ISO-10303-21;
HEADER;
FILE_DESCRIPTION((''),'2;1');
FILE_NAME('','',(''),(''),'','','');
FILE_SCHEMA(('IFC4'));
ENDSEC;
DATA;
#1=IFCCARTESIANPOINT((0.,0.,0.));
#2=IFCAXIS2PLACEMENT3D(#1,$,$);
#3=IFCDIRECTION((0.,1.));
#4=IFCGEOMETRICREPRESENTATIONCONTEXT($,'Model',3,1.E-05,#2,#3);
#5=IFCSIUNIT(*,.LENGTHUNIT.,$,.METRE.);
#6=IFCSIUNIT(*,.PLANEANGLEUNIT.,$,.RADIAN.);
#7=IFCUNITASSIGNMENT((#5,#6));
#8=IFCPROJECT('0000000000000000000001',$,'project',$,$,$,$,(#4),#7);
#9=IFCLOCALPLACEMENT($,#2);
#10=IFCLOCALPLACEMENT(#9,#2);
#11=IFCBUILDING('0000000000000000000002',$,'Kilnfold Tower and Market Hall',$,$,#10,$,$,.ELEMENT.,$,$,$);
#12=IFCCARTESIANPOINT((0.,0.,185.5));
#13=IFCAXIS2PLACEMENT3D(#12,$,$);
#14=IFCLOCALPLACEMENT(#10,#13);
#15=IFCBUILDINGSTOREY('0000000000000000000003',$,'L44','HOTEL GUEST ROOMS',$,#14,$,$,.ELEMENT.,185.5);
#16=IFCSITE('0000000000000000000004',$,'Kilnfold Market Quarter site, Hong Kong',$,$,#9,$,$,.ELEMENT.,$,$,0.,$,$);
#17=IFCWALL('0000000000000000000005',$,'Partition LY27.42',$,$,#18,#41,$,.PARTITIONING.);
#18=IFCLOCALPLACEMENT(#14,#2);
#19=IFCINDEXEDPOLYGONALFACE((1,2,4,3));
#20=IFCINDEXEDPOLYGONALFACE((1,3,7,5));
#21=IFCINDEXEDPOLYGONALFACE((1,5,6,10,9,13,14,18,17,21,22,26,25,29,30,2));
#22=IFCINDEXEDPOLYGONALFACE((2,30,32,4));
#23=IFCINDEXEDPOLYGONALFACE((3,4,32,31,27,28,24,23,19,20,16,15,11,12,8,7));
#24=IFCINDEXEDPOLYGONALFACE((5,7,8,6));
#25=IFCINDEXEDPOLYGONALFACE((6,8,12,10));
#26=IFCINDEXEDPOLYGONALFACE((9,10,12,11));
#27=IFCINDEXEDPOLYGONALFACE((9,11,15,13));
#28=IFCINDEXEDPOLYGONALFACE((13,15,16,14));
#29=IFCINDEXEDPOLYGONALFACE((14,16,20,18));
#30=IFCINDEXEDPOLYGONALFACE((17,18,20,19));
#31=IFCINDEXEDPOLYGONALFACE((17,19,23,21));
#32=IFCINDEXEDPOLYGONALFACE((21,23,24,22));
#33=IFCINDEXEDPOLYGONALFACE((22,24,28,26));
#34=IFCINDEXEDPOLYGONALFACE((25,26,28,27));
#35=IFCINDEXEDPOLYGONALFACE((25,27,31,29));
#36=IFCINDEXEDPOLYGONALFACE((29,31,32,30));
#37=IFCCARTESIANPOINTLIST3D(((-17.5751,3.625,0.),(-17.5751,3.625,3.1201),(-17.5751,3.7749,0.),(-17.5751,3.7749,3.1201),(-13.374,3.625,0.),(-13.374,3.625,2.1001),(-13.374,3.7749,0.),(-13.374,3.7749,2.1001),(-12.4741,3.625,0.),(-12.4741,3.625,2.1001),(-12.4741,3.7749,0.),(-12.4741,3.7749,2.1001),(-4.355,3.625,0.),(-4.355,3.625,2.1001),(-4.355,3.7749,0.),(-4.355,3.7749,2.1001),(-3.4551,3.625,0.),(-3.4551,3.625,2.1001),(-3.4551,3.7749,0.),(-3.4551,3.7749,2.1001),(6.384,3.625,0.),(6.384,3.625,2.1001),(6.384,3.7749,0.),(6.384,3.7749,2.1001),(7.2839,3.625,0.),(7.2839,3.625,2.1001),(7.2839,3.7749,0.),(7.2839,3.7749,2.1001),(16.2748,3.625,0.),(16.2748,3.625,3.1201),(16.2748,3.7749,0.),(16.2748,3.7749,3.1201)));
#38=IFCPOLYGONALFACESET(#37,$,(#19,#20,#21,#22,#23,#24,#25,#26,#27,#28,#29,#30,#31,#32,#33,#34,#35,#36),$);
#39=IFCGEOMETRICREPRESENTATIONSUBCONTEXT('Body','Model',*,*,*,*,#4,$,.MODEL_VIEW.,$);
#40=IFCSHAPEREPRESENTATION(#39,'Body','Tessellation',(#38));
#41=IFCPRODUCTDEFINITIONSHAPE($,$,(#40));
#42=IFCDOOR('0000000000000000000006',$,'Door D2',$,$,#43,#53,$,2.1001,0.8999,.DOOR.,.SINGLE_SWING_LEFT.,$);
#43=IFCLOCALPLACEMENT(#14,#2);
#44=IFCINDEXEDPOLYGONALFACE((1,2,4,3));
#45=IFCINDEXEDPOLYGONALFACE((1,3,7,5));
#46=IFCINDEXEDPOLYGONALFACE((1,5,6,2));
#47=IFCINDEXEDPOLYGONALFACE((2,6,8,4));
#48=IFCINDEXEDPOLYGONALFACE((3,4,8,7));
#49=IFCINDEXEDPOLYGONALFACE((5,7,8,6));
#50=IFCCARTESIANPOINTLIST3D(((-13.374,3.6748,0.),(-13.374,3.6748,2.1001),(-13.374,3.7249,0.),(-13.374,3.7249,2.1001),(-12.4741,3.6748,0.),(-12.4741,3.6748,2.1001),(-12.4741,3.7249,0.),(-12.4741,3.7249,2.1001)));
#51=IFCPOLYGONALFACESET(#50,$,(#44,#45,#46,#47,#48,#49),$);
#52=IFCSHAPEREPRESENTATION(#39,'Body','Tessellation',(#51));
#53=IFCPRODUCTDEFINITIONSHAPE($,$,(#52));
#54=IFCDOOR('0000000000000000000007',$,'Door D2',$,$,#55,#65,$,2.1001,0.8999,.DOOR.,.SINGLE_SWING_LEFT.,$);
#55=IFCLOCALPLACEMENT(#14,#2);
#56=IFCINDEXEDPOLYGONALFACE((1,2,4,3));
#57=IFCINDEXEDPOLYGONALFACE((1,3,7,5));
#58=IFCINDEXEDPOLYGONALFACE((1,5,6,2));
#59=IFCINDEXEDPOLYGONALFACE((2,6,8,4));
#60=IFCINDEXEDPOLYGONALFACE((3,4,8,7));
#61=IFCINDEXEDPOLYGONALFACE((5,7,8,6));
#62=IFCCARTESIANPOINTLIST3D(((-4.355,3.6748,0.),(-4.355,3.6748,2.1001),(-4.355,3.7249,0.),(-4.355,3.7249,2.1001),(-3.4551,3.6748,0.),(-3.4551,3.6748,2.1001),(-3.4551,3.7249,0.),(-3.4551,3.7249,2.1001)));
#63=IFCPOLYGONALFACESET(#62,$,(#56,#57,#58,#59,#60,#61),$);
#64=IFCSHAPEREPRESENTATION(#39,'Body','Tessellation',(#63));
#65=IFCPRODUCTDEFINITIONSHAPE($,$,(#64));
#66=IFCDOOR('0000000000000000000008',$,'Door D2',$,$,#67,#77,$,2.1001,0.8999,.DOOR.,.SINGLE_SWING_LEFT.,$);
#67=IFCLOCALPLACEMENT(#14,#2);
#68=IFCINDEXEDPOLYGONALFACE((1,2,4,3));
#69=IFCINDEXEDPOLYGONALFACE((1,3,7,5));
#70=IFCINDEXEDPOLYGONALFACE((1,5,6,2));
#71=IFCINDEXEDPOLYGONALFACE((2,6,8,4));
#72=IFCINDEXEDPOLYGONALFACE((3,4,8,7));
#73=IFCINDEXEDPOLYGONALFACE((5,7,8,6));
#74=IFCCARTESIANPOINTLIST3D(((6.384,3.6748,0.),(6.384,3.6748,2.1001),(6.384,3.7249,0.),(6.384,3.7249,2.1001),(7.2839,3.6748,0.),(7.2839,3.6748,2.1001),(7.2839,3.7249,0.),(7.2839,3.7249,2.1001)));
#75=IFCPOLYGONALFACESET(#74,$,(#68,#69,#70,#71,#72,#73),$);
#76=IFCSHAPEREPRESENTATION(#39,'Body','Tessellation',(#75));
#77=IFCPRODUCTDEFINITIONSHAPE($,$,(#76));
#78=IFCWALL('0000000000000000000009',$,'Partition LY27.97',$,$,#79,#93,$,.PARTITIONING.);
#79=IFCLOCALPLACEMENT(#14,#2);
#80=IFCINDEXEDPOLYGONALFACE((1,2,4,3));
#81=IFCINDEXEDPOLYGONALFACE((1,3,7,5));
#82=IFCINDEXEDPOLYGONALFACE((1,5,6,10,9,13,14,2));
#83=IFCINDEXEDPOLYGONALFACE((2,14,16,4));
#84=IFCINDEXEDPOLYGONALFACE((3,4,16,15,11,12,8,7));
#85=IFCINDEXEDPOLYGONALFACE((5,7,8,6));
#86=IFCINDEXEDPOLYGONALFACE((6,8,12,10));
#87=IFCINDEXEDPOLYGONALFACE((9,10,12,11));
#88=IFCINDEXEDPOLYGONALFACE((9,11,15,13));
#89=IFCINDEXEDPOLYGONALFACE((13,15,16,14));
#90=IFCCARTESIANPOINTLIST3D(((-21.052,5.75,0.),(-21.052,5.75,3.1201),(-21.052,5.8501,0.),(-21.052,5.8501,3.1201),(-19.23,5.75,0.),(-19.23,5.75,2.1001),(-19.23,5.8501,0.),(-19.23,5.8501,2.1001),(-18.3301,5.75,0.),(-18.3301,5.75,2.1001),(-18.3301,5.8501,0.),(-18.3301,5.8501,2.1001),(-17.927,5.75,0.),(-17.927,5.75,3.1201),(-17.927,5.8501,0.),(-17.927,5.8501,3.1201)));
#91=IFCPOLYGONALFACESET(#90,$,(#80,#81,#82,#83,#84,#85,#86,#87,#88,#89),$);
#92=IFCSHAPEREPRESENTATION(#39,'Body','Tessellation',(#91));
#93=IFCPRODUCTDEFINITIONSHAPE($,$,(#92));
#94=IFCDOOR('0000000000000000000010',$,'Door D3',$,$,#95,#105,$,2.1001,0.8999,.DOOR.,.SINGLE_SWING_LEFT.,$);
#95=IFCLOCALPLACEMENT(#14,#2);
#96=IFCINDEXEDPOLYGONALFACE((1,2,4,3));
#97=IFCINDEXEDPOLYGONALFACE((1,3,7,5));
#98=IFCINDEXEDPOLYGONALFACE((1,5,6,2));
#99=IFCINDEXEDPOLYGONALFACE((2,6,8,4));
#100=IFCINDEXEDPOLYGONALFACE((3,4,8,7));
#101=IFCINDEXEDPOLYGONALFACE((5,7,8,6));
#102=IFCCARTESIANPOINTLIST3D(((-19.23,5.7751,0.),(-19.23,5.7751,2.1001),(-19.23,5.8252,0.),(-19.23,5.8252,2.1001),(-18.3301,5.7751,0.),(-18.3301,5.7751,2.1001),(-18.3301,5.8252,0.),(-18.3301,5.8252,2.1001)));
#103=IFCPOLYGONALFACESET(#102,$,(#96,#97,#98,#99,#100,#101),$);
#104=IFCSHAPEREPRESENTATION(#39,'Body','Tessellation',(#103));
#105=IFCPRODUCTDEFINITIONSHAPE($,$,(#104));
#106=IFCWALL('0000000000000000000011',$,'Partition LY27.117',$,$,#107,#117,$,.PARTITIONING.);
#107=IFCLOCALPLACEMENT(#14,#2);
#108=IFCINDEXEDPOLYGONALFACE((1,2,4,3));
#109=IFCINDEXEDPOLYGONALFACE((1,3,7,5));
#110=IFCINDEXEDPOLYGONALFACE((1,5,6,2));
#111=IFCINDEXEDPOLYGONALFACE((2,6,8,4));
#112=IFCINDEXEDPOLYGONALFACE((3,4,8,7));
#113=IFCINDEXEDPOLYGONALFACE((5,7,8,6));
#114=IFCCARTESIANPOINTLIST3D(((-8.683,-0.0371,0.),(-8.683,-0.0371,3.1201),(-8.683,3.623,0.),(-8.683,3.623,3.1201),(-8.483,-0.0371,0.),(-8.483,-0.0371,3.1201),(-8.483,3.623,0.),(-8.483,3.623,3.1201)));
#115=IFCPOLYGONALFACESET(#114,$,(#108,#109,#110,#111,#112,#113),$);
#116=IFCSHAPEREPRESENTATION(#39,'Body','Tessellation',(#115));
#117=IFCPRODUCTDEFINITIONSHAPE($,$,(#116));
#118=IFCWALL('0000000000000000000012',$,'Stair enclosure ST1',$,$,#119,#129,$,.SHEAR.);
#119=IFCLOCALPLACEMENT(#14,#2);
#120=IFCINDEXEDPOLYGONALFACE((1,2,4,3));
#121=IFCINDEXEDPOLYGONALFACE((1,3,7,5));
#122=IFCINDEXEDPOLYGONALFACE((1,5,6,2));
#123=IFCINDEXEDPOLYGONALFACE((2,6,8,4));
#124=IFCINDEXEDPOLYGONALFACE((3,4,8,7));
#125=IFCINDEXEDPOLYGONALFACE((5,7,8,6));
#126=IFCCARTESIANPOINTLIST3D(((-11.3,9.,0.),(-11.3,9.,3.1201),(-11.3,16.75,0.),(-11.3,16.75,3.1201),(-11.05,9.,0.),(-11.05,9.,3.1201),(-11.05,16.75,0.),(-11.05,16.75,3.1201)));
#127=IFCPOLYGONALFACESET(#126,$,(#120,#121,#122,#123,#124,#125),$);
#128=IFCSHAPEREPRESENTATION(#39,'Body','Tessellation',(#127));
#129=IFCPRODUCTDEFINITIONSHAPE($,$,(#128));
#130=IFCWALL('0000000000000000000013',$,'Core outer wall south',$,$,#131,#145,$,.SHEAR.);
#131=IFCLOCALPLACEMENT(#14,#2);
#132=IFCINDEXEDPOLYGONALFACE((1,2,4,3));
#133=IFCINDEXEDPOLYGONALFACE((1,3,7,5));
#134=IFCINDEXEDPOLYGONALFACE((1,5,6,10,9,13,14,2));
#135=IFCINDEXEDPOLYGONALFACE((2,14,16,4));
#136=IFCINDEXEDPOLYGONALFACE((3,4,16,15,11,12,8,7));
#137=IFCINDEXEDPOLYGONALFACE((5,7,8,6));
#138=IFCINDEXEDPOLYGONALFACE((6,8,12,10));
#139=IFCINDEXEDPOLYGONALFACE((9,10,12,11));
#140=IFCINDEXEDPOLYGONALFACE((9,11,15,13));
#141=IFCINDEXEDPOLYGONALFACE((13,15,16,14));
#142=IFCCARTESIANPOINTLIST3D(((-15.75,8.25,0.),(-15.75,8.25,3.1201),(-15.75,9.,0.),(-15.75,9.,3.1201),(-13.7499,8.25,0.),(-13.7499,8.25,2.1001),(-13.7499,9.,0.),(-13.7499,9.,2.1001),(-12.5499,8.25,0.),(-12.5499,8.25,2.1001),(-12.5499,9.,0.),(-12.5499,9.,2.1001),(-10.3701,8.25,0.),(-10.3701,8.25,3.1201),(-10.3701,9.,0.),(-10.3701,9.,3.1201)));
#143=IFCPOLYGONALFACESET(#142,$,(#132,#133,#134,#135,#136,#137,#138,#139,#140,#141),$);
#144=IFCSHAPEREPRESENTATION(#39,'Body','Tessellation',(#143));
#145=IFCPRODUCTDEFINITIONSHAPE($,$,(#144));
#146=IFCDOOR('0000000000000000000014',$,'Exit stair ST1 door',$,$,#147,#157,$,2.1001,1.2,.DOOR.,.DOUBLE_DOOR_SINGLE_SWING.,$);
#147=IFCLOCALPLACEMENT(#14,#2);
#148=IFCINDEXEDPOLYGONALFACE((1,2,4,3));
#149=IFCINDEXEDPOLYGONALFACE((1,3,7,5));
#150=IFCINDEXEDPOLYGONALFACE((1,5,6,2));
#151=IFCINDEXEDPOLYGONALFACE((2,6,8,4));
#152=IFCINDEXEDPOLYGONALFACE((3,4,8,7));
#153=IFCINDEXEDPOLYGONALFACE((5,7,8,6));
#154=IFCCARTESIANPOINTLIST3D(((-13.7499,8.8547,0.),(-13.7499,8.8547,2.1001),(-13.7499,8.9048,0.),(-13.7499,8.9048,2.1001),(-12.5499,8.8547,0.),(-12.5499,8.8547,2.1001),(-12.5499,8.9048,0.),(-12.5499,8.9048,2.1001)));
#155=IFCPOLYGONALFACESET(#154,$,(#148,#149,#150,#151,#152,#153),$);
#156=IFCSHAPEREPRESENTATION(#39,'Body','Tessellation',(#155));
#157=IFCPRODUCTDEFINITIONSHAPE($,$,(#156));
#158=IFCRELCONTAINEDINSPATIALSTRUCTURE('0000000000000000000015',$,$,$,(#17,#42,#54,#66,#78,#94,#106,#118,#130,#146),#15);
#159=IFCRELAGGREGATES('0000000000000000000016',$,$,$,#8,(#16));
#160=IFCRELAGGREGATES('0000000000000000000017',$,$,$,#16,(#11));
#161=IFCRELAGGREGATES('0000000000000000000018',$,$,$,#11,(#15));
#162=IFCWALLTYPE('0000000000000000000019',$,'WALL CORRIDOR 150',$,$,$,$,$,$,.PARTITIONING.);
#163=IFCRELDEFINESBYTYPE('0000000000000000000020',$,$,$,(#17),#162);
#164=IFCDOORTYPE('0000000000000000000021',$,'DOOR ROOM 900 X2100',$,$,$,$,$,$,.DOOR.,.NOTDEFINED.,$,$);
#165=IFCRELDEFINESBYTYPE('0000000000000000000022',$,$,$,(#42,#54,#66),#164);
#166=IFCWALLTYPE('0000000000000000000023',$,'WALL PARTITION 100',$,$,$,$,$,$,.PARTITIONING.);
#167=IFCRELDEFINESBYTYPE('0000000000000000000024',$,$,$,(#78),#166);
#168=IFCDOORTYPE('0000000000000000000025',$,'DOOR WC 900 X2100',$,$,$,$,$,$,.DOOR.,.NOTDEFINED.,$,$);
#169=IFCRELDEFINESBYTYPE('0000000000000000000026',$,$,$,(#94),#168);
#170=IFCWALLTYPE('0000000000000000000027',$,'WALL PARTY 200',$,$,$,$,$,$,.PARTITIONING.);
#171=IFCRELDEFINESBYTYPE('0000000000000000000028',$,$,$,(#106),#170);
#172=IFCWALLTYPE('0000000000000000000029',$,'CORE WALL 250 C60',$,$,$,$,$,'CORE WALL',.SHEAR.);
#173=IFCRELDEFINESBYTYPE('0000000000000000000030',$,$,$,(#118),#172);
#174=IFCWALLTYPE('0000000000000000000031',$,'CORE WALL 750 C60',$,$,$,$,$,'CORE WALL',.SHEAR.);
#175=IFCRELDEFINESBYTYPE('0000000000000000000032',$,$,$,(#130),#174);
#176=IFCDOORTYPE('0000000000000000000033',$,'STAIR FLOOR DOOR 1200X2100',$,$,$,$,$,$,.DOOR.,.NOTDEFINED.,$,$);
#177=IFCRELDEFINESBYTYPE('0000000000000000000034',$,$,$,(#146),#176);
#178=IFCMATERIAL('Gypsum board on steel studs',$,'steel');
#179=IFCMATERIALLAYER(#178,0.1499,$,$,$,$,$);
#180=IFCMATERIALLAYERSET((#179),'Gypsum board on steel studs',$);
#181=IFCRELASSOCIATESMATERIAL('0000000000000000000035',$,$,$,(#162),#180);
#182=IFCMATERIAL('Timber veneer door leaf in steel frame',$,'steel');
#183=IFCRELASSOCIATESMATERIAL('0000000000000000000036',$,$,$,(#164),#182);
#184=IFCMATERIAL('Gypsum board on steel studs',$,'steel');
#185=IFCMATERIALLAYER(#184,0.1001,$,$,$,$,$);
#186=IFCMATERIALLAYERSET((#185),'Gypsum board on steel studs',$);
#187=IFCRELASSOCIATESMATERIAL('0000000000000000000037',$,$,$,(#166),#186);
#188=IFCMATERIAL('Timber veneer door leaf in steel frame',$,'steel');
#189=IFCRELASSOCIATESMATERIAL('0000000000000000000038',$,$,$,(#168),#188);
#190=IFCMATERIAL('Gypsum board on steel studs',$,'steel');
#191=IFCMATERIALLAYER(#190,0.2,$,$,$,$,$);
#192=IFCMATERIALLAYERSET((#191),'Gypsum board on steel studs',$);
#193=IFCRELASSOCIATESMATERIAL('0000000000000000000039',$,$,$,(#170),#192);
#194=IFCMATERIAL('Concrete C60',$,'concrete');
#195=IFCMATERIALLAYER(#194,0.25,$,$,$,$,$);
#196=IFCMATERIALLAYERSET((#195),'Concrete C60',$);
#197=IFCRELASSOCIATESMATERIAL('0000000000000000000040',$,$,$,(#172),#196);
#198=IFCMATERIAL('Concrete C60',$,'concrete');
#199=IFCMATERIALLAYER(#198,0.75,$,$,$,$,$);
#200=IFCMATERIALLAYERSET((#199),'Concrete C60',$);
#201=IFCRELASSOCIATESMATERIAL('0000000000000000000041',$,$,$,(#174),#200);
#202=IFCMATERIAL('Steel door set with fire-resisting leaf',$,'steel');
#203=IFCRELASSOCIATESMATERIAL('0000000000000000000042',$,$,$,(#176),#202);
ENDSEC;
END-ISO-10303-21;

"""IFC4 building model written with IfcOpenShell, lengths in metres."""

from ifc_helpers import new_model, si_unit, direction, frame, frame_2d, origin, place, context, subcontext, project, spatial, rectangle, extrude, source, transform, mapped, material, layer, layer_set, type_object, element, fill, save


model = new_model("IFC4")

# Units and contexts
model_context = context("Model", 3, precision=1e-05, world=origin(), true_north=direction((0.0, 1.0)))
body_context = subcontext(model_context, "Body", "Model", "MODEL_VIEW")
ifc_project = project(units=[si_unit("LENGTHUNIT", "METRE"), si_unit("PLANEANGLEUNIT", "RADIAN")], contexts=[model_context])

# Site, building, storey
site_placement = place(None, origin())
site = spatial("IfcSite", under=ifc_project, at=site_placement, Name="Kilnfold Market Quarter site, Hong Kong", CompositionType="ELEMENT", RefElevation=0.0)
building_placement = place(site_placement, origin())
building = spatial("IfcBuilding", under=site, at=building_placement, Name="Kilnfold Tower and Market Hall", CompositionType="ELEMENT")
storey_placement = place(building_placement, frame((0.0, 0.0, 185.5)))
storey = spatial("IfcBuildingStorey", under=building, at=storey_placement, Name="L44", Description="HOTEL GUEST ROOMS", CompositionType="ELEMENT", Elevation=185.5)

# Shared definitions
ifc_material_1 = material(Name="Gypsum board on steel studs", Category="steel")
ifc_layer_1 = layer(ifc_material_1, 0.1499)
ifc_layer_set_1 = layer_set([ifc_layer_1], Name="Gypsum board on steel studs")
wall_type_1 = type_object("IfcWallType", Name="WALL CORRIDOR 150", PredefinedType="PARTITIONING", material=ifc_layer_set_1)

# Wall, openings, doors
wall_1_placement = place(storey_placement, frame((-17.575, 3.7, 0.0), z_axis=(0.0, 0.0, 1.0), x_axis=(1.0, 0.0, 0.0)))
wall_1 = element("IfcWall", 1, at=wall_1_placement, inside=storey, type_object=wall_type_1, Name="Partition LY27.42", PredefinedType="PARTITIONING", context=body_context, shape_type="SweptSolid", body=[
    extrude(rectangle(XDim=33.8499, YDim=0.1499, at=frame_2d((16.9248, 0.0))), origin(), (0.0, 0.0, 1.0), 3.1201),
])
opening_1_placement = place(wall_1_placement, frame((4.2009, 0.0, 0.0)))
opening_1 = element("IfcOpeningElement", 2, at=opening_1_placement, cuts=wall_1, PredefinedType="OPENING", context=body_context, shape_type="SweptSolid", body=[
    extrude(rectangle(XDim=0.8999, YDim=2.1001, at=frame_2d((0.45, 1.05))), frame((0.0, 0.085, 0.0), z_axis=(0.0, -1.0, 0.0), x_axis=(1.0, 0.0, 0.0)), (0.0, 0.0, 1.0), 0.1699),
])
opening_2_placement = place(wall_1_placement, frame((13.22, 0.0, 0.0)))
opening_2 = element("IfcOpeningElement", 3, at=opening_2_placement, cuts=wall_1, PredefinedType="OPENING", context=body_context, shape_type="SweptSolid", body=[
    extrude(rectangle(XDim=0.8999, YDim=2.1001, at=frame_2d((0.45, 1.05))), frame((0.0, 0.085, 0.0), z_axis=(0.0, -1.0, 0.0), x_axis=(1.0, 0.0, 0.0)), (0.0, 0.0, 1.0), 0.1699),
])
opening_3_placement = place(wall_1_placement, frame((23.959, 0.0, 0.0)))
opening_3 = element("IfcOpeningElement", 4, at=opening_3_placement, cuts=wall_1, PredefinedType="OPENING", context=body_context, shape_type="SweptSolid", body=[
    extrude(rectangle(XDim=0.8999, YDim=2.1001, at=frame_2d((0.45, 1.05))), frame((0.0, 0.085, 0.0), z_axis=(0.0, -1.0, 0.0), x_axis=(1.0, 0.0, 0.0)), (0.0, 0.0, 1.0), 0.1699),
])
ifc_material_2 = material(Name="Timber veneer door leaf in steel frame", Category="steel")
door_type_1 = type_object("IfcDoorType", Name="DOOR ROOM 900 X2100", OperationType="NOTDEFINED", PredefinedType="DOOR", material=ifc_material_2)
door_1_placement = place(opening_1_placement, origin())
door_1 = element("IfcDoor", 5, at=door_1_placement, inside=storey, type_object=door_type_1, Name="Door D2", OperationType="SINGLE_SWING_LEFT", OverallHeight=2.1001, OverallWidth=0.8999, PredefinedType="DOOR", context=body_context, shape_type="SweptSolid", body=[
    extrude(rectangle(XDim=0.8999, YDim=2.1001, at=frame_2d((0.45, 1.05))), frame((0.0, 0.0249, 0.0), z_axis=(0.0, -1.0, 0.0), x_axis=(1.0, 0.0, 0.0)), (0.0, 0.0, 1.0), 0.05),
])
fill(opening_1, door_1)
door_2_placement = place(opening_2_placement, origin())
door_2 = element("IfcDoor", 6, at=door_2_placement, inside=storey, type_object=door_type_1, Name="Door D2", OperationType="SINGLE_SWING_LEFT", OverallHeight=2.1001, OverallWidth=0.8999, PredefinedType="DOOR", context=body_context, shape_type="SweptSolid", body=[
    extrude(rectangle(XDim=0.8999, YDim=2.1001, at=frame_2d((0.45, 1.05))), frame((0.0, 0.0249, 0.0), z_axis=(0.0, -1.0, 0.0), x_axis=(1.0, 0.0, 0.0)), (0.0, 0.0, 1.0), 0.05),
])
fill(opening_2, door_2)
door_3_placement = place(opening_3_placement, origin())
door_3 = element("IfcDoor", 7, at=door_3_placement, inside=storey, type_object=door_type_1, Name="Door D2", OperationType="SINGLE_SWING_LEFT", OverallHeight=2.1001, OverallWidth=0.8999, PredefinedType="DOOR", context=body_context, shape_type="SweptSolid", body=[
    extrude(rectangle(XDim=0.8999, YDim=2.1001, at=frame_2d((0.45, 1.05))), frame((0.0, 0.0249, 0.0), z_axis=(0.0, -1.0, 0.0), x_axis=(1.0, 0.0, 0.0)), (0.0, 0.0, 1.0), 0.05),
])
fill(opening_3, door_3)

# Wall, opening, door
ifc_material_3 = material(Name="Gypsum board on steel studs", Category="steel")
ifc_layer_2 = layer(ifc_material_3, 0.1001)
ifc_layer_set_2 = layer_set([ifc_layer_2], Name="Gypsum board on steel studs")
wall_type_2 = type_object("IfcWallType", Name="WALL PARTITION 100", PredefinedType="PARTITIONING", material=ifc_layer_set_2)
wall_2_placement = place(storey_placement, frame((-17.927, 5.8, 0.0), z_axis=(0.0, 0.0, 1.0), x_axis=(-1.0, 0.0, 0.0)))
wall_2 = element("IfcWall", 8, at=wall_2_placement, inside=storey, type_object=wall_type_2, Name="Partition LY27.97", PredefinedType="PARTITIONING", context=body_context, shape_type="SweptSolid", body=[
    extrude(rectangle(XDim=3.125, YDim=0.1001, at=frame_2d((1.5625, 0.0))), origin(), (0.0, 0.0, 1.0), 3.1201),
])
opening_4_placement = place(wall_2_placement, frame((0.4031, 0.0, 0.0)))
opening_4 = element("IfcOpeningElement", 9, at=opening_4_placement, cuts=wall_2, PredefinedType="OPENING", context=body_context, shape_type="SweptSolid", body=[
    extrude(rectangle(XDim=0.8999, YDim=2.1001, at=frame_2d((0.45, 1.05))), frame((0.0, 0.0601, 0.0), z_axis=(0.0, -1.0, 0.0), x_axis=(1.0, 0.0, 0.0)), (0.0, 0.0, 1.0), 0.1201),
])
ifc_material_4 = material(Name="Timber veneer door leaf in steel frame", Category="steel")
door_type_2 = type_object("IfcDoorType", Name="DOOR WC 900 X2100", OperationType="NOTDEFINED", PredefinedType="DOOR", material=ifc_material_4)
door_4_placement = place(opening_4_placement, origin())
door_4 = element("IfcDoor", 10, at=door_4_placement, inside=storey, type_object=door_type_2, Name="Door D3", OperationType="SINGLE_SWING_LEFT", OverallHeight=2.1001, OverallWidth=0.8999, PredefinedType="DOOR", context=body_context, shape_type="SweptSolid", body=[
    extrude(rectangle(XDim=0.8999, YDim=2.1001, at=frame_2d((0.45, 1.05))), frame((0.0, 0.0249, 0.0), z_axis=(0.0, -1.0, 0.0), x_axis=(1.0, 0.0, 0.0)), (0.0, 0.0, 1.0), 0.05),
])
fill(opening_4, door_4)

# Walls
ifc_material_5 = material(Name="Gypsum board on steel studs", Category="steel")
ifc_layer_3 = layer(ifc_material_5, 0.2)
ifc_layer_set_3 = layer_set([ifc_layer_3], Name="Gypsum board on steel studs")
wall_type_3 = type_object("IfcWallType", Name="WALL PARTY 200", PredefinedType="PARTITIONING", material=ifc_layer_set_3)
wall_3_placement = place(storey_placement, frame((-8.583, -0.0371, 0.0), z_axis=(0.0, 0.0, 1.0), x_axis=(0.0, 1.0, 0.0)))
element("IfcWall", 11, at=wall_3_placement, inside=storey, type_object=wall_type_3, Name="Partition LY27.117", PredefinedType="PARTITIONING", context=body_context, shape_type="SweptSolid", body=[
    extrude(rectangle(XDim=3.6602, YDim=0.2, at=frame_2d((1.8301, 0.0))), origin(), (0.0, 0.0, 1.0), 3.1201),
])
ifc_material_6 = material(Name="Concrete C60", Category="concrete")
ifc_layer_4 = layer(ifc_material_6, 0.25)
ifc_layer_set_4 = layer_set([ifc_layer_4], Name="Concrete C60")
wall_type_4 = type_object("IfcWallType", Name="CORE WALL 250 C60", ElementType="CORE WALL", PredefinedType="SHEAR", material=ifc_layer_set_4)
shared_shape_1 = source(origin(), body_context, "Body", "SweptSolid", [
    extrude(rectangle(XDim=7.75, YDim=0.25, at=frame_2d((3.875, 0.0))), origin(), (0.0, 0.0, 1.0), 3.1201),
])
wall_4_placement = place(storey_placement, frame((-11.175, 9.0, 0.0), z_axis=(0.0, 0.0, 1.0), x_axis=(0.0, 1.0, 0.0)))
element("IfcWall", 12, at=wall_4_placement, inside=storey, type_object=wall_type_4, Name="Stair enclosure ST1", PredefinedType="SHEAR", context=body_context, shape_type="MappedRepresentation", body=[
    mapped(shared_shape_1, transform((0.0, 0.0, 0.0))),
])

# Wall, opening, door
ifc_material_7 = material(Name="Concrete C60", Category="concrete")
ifc_layer_5 = layer(ifc_material_7, 0.75)
ifc_layer_set_5 = layer_set([ifc_layer_5], Name="Concrete C60")
wall_type_5 = type_object("IfcWallType", Name="CORE WALL 750 C60", ElementType="CORE WALL", PredefinedType="SHEAR", material=ifc_layer_set_5)
shared_shape_2 = source(origin(), body_context, "Body", "SweptSolid", [
    extrude(rectangle(XDim=5.3799, YDim=0.75, at=frame_2d((2.6899, 0.0))), origin(), (0.0, 0.0, 1.0), 3.1201),
])
wall_5_placement = place(storey_placement, frame((-15.75, 8.625, 0.0), z_axis=(0.0, 0.0, 1.0), x_axis=(1.0, 0.0, 0.0)))
wall_5 = element("IfcWall", 13, at=wall_5_placement, inside=storey, type_object=wall_type_5, Name="Core outer wall south", PredefinedType="SHEAR", context=body_context, shape_type="MappedRepresentation", body=[
    mapped(shared_shape_2, transform((0.0, 0.0, 0.0))),
])
opening_5_placement = place(wall_5_placement, frame((2.0, 0.0, 0.0)))
opening_5 = element("IfcOpeningElement", 14, at=opening_5_placement, cuts=wall_5, PredefinedType="OPENING", context=body_context, shape_type="SweptSolid", body=[
    extrude(rectangle(XDim=1.2, YDim=2.1001, at=frame_2d((0.6001, 1.05))), frame((0.0, 0.385, 0.0), z_axis=(0.0, -1.0, 0.0), x_axis=(1.0, 0.0, 0.0)), (0.0, 0.0, 1.0), 0.77),
])
ifc_material_8 = material(Name="Steel door set with fire-resisting leaf", Category="steel")
door_type_3 = type_object("IfcDoorType", Name="STAIR FLOOR DOOR 1200X2100", OperationType="NOTDEFINED", PredefinedType="DOOR", material=ifc_material_8)
door_5_placement = place(opening_5_placement, origin())
door_5 = element("IfcDoor", 15, at=door_5_placement, inside=storey, type_object=door_type_3, Name="Exit stair ST1 door", OperationType="DOUBLE_DOOR_SINGLE_SWING", OverallHeight=2.1001, OverallWidth=1.2, PredefinedType="DOOR", context=body_context, shape_type="SweptSolid", body=[
    extrude(rectangle(XDim=1.2, YDim=2.1001, at=frame_2d((0.6001, 1.05))), frame((0.0, 0.2798, 0.0), z_axis=(0.0, -1.0, 0.0), x_axis=(1.0, 0.0, 0.0)), (0.0, 0.0, 1.0), 0.05),
])
fill(opening_5, door_5)

save(model, "model.ifc")
